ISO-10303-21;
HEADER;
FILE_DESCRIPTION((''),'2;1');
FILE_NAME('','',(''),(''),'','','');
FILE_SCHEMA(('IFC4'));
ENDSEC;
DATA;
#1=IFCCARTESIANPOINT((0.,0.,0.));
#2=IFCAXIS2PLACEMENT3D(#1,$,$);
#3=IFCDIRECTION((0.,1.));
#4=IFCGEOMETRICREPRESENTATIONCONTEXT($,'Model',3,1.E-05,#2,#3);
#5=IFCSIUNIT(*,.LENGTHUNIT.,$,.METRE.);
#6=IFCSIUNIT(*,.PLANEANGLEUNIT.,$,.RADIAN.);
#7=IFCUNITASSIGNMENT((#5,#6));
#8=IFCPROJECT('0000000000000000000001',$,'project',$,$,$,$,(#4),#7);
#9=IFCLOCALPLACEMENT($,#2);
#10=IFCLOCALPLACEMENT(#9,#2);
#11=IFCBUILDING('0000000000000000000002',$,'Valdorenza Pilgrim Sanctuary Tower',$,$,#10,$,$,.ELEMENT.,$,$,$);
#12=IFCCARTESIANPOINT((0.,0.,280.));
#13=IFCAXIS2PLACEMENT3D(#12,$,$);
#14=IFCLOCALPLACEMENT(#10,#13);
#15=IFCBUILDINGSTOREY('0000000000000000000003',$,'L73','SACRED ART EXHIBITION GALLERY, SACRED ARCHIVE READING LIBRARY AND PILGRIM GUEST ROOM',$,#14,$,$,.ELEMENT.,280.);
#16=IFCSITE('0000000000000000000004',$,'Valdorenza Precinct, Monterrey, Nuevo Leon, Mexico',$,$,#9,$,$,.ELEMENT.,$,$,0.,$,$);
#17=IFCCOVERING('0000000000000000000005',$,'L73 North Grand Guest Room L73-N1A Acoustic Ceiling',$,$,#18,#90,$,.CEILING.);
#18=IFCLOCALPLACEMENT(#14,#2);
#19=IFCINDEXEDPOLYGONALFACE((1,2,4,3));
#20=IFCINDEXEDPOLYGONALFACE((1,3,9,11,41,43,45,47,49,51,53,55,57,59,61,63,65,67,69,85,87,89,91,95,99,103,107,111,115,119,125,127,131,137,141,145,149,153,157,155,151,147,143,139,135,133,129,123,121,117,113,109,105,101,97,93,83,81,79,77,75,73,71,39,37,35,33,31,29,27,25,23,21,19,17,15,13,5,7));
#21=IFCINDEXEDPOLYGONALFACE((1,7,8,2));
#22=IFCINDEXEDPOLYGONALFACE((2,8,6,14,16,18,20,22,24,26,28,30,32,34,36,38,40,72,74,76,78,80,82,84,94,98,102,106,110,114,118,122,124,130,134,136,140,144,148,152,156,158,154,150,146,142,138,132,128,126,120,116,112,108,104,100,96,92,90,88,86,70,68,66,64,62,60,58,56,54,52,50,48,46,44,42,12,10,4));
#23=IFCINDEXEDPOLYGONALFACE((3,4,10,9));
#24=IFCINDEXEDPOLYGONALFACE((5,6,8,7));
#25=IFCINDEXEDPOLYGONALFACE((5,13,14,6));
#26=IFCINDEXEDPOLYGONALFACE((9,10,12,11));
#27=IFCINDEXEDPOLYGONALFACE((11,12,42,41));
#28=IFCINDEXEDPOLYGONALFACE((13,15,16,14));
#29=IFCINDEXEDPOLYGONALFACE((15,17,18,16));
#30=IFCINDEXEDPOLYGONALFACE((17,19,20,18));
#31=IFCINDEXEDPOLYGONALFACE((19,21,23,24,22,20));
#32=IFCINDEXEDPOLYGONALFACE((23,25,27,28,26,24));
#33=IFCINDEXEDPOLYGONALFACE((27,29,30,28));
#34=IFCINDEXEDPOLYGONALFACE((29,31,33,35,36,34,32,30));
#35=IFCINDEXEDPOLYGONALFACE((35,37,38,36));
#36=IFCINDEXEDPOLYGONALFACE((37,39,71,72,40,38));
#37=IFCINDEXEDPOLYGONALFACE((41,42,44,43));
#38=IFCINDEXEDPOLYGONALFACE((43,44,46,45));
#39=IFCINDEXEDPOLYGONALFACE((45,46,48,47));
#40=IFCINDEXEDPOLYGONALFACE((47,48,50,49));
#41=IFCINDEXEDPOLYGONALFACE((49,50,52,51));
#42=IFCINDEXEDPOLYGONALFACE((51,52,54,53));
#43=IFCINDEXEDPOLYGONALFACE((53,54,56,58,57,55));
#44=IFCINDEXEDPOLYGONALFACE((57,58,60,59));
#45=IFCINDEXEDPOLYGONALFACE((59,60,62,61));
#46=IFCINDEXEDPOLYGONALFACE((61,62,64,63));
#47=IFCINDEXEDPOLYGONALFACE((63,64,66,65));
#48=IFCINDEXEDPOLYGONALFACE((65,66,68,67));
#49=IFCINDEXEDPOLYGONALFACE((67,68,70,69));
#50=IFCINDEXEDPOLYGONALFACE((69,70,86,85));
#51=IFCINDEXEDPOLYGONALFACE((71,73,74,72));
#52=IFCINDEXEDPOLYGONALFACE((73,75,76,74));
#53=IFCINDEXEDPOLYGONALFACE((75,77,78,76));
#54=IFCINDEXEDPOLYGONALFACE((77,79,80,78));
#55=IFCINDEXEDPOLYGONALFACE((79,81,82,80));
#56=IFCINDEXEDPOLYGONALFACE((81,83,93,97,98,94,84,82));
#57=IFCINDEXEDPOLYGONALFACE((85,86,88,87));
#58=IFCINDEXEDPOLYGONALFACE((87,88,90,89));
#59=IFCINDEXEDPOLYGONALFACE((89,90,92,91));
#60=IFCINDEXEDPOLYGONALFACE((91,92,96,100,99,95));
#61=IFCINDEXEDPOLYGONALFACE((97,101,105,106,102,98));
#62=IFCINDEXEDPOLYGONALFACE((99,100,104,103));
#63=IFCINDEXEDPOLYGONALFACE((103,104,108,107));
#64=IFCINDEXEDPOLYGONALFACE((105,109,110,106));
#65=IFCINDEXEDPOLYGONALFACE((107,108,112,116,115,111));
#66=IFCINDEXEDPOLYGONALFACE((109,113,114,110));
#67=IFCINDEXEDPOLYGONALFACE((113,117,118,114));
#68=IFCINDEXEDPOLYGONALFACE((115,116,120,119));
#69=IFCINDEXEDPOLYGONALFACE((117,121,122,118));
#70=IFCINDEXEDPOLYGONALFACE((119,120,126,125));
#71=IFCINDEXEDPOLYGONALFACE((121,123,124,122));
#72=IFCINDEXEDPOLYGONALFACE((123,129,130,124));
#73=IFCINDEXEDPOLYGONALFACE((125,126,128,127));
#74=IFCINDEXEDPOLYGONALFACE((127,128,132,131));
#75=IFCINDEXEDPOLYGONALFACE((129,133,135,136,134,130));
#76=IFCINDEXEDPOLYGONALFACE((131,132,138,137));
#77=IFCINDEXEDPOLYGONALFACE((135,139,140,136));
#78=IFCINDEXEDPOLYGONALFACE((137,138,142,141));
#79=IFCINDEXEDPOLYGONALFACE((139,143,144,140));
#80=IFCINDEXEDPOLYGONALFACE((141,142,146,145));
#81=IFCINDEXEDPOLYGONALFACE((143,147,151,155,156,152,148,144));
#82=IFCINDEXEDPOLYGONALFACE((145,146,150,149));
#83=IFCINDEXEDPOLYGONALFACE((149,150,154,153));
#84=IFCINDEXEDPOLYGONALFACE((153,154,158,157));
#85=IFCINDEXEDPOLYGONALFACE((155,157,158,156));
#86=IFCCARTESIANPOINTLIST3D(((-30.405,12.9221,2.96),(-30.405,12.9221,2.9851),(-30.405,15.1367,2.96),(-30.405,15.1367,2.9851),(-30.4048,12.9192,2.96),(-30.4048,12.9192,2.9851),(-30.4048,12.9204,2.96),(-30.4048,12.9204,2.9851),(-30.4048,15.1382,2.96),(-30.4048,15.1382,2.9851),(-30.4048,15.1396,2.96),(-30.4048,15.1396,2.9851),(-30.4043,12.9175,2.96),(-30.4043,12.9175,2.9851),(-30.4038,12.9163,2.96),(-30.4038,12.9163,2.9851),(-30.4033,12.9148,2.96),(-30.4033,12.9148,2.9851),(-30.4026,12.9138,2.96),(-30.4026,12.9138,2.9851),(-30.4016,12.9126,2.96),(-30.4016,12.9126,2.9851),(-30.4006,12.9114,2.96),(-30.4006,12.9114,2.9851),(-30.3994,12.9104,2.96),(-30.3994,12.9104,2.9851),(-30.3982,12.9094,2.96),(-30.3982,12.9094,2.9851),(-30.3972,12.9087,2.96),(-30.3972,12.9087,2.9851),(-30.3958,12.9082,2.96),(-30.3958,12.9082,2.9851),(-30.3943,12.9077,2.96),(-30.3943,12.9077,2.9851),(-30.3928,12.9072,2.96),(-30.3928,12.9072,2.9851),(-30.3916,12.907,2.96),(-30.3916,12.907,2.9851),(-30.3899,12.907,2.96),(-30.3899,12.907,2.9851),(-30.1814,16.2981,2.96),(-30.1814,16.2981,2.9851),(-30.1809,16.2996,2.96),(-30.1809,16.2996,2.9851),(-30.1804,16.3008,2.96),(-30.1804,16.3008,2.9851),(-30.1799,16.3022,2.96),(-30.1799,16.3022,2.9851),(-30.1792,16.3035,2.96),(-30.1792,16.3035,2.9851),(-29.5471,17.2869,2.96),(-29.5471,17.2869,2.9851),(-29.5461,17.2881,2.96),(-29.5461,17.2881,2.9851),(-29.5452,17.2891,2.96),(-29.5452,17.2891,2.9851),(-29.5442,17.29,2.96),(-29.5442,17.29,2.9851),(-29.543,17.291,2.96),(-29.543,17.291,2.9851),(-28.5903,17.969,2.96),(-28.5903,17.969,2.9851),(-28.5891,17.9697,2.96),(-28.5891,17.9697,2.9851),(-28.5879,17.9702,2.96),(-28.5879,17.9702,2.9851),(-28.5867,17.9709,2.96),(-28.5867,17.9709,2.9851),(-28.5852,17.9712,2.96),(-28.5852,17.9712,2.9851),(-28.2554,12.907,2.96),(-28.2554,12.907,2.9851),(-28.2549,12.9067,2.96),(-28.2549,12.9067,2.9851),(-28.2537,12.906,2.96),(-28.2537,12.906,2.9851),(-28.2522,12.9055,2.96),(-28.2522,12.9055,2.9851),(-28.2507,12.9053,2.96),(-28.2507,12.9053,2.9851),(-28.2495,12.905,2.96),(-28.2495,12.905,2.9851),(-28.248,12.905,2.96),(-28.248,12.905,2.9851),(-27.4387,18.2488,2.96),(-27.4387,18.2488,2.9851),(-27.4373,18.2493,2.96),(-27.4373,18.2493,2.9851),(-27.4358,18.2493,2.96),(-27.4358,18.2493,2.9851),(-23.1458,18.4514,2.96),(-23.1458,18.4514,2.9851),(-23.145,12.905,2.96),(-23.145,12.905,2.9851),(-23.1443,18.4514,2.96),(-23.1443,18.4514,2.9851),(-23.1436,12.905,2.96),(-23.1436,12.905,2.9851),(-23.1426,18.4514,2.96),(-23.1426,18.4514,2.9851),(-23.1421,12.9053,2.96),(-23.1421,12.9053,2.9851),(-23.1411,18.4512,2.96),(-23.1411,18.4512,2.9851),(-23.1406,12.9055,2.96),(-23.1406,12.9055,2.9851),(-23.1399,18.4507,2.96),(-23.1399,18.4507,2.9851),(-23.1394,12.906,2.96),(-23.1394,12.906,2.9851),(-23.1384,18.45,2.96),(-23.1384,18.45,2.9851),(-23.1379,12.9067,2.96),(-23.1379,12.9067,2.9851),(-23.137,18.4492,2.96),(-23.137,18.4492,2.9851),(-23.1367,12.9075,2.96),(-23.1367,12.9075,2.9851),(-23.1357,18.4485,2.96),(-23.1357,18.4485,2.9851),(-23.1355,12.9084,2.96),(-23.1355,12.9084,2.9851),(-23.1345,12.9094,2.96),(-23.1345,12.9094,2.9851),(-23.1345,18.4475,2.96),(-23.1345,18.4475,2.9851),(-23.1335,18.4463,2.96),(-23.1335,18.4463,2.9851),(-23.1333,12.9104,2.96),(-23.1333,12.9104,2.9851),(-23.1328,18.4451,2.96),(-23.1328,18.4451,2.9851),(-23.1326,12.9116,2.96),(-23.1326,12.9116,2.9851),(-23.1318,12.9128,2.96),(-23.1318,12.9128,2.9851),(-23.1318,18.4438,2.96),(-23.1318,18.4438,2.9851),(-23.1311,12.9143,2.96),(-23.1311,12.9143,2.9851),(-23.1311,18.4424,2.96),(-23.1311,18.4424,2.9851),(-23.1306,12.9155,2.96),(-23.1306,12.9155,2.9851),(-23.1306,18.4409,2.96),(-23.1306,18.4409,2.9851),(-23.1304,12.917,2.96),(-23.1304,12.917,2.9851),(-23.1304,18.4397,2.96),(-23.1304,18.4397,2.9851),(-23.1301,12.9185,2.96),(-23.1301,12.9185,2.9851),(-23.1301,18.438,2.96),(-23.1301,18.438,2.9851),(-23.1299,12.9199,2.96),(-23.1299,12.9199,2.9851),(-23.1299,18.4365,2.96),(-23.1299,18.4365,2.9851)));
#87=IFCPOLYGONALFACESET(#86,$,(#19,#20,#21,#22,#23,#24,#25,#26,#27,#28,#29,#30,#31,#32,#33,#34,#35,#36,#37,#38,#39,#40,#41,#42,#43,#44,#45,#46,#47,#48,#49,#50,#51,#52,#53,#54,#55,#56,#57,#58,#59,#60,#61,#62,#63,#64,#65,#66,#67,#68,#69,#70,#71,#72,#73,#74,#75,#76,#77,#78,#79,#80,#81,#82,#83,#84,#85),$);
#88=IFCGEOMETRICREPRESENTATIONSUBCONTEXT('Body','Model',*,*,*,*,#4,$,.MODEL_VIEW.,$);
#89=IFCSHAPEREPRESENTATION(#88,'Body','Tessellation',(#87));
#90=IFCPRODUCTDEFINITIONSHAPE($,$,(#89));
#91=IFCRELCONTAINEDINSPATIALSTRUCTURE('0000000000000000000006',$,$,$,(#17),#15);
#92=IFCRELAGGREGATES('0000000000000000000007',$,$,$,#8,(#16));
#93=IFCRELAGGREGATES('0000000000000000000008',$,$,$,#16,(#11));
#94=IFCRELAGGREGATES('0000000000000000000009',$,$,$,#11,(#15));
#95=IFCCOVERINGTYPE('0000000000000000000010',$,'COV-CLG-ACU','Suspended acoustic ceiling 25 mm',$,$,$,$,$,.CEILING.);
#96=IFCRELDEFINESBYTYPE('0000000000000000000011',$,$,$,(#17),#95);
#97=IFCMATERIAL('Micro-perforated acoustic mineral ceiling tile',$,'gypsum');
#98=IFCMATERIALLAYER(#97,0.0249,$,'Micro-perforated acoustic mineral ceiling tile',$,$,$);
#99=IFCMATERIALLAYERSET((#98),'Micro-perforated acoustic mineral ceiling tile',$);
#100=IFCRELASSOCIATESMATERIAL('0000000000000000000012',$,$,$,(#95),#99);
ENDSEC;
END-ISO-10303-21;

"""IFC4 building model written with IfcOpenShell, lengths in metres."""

from ifc_helpers import new_model, si_unit, direction, frame, origin, place, context, subcontext, project, spatial, polyline, outline, extrude, material, layer, layer_set, type_object, element, save


model = new_model("IFC4")

# Units and contexts
model_context = context("Model", 3, precision=1e-05, world=origin(), true_north=direction((0.0, 1.0)))
body_context = subcontext(model_context, "Body", "Model", "MODEL_VIEW")
ifc_project = project(units=[si_unit("LENGTHUNIT", "METRE"), si_unit("PLANEANGLEUNIT", "RADIAN")], contexts=[model_context])

# Site, building, storey
site_placement = place(None, origin())
site = spatial("IfcSite", under=ifc_project, at=site_placement, Name="Valdorenza Precinct, Monterrey, Nuevo Leon, Mexico", CompositionType="ELEMENT", RefElevation=0.0)
building_placement = place(site_placement, origin())
building = spatial("IfcBuilding", under=site, at=building_placement, Name="Valdorenza Pilgrim Sanctuary Tower", CompositionType="ELEMENT")
storey_placement = place(building_placement, frame((0.0, 0.0, 280.0)))
storey = spatial("IfcBuildingStorey", under=building, at=storey_placement, Name="L73", Description="SACRED ART EXHIBITION GALLERY, SACRED ARCHIVE READING LIBRARY AND PILGRIM GUEST ROOM", CompositionType="ELEMENT", Elevation=280.0)

# Covering
ifc_material_1 = material(Name="Micro-perforated acoustic mineral ceiling tile", Category="gypsum")
ifc_layer_1 = layer(ifc_material_1, 0.0249, Name="Micro-perforated acoustic mineral ceiling tile")
ifc_layer_set_1 = layer_set([ifc_layer_1], Name="Micro-perforated acoustic mineral ceiling tile")
covering_type_1 = type_object("IfcCoveringType", Name="COV-CLG-ACU", Description="Suspended acoustic ceiling 25 mm", PredefinedType="CEILING", material=ifc_layer_set_1)
covering_1_placement = place(storey_placement, frame((0.0, 0.0, 2.96)))
element("IfcCovering", 1, at=covering_1_placement, inside=storey, type_object=covering_type_1, Name="L73 North Grand Guest Room L73-N1A Acoustic Ceiling", PredefinedType="CEILING", context=body_context, shape_type="SweptSolid", body=[
    extrude(outline(polyline([(-30.1814, 16.2981), (-30.1809, 16.2996), (-30.1804, 16.3008), (-30.1799, 16.3022), (-30.1792, 16.3035), (-29.5471, 17.2869), (-29.5461, 17.2881), (-29.5452, 17.2891), (-29.5442, 17.29), (-29.543, 17.291), (-28.5903, 17.969), (-28.5891, 17.9697), (-28.5879, 17.9702), (-28.5867, 17.9709), (-28.5852, 17.9712), (-27.4387, 18.2488), (-27.4373, 18.2493), (-27.4358, 18.2493), (-23.1458, 18.4514), (-23.1443, 18.4514), (-23.1426, 18.4514), (-23.1411, 18.4512), (-23.1399, 18.4507), (-23.1384, 18.45), (-23.137, 18.4492), (-23.1357, 18.4485), (-23.1345, 18.4475), (-23.1335, 18.4463), (-23.1328, 18.4451), (-23.1318, 18.4438), (-23.1311, 18.4424), (-23.1306, 18.4409), (-23.1304, 18.4397), (-23.1301, 18.438), (-23.1299, 18.4365), (-23.1299, 12.9199), (-23.1301, 12.9185), (-23.1304, 12.917), (-23.1306, 12.9155), (-23.1311, 12.9143), (-23.1318, 12.9128), (-23.1326, 12.9116), (-23.1333, 12.9104), (-23.1345, 12.9094), (-23.1355, 12.9084), (-23.1367, 12.9075), (-23.1379, 12.9067), (-23.1394, 12.906), (-23.1406, 12.9055), (-23.1421, 12.9053), (-23.1436, 12.905), (-23.145, 12.905), (-28.248, 12.905), (-28.2495, 12.905), (-28.2507, 12.9053), (-28.2522, 12.9055), (-28.2537, 12.906), (-28.2549, 12.9067), (-28.2554, 12.907), (-30.3899, 12.907), (-30.3916, 12.907), (-30.3928, 12.9072), (-30.3943, 12.9077), (-30.3958, 12.9082), (-30.3972, 12.9087), (-30.3982, 12.9094), (-30.3994, 12.9104), (-30.4006, 12.9114), (-30.4016, 12.9126), (-30.4026, 12.9138), (-30.4033, 12.9148), (-30.4038, 12.9163), (-30.4043, 12.9175), (-30.4048, 12.9192), (-30.4048, 12.9204), (-30.405, 12.9221), (-30.405, 15.1367), (-30.4048, 15.1382), (-30.4048, 15.1396), (-30.1814, 16.2981)])), origin(), (0.0, 0.0, 1.0), 0.0251),
])

save(model, "model.ifc")
